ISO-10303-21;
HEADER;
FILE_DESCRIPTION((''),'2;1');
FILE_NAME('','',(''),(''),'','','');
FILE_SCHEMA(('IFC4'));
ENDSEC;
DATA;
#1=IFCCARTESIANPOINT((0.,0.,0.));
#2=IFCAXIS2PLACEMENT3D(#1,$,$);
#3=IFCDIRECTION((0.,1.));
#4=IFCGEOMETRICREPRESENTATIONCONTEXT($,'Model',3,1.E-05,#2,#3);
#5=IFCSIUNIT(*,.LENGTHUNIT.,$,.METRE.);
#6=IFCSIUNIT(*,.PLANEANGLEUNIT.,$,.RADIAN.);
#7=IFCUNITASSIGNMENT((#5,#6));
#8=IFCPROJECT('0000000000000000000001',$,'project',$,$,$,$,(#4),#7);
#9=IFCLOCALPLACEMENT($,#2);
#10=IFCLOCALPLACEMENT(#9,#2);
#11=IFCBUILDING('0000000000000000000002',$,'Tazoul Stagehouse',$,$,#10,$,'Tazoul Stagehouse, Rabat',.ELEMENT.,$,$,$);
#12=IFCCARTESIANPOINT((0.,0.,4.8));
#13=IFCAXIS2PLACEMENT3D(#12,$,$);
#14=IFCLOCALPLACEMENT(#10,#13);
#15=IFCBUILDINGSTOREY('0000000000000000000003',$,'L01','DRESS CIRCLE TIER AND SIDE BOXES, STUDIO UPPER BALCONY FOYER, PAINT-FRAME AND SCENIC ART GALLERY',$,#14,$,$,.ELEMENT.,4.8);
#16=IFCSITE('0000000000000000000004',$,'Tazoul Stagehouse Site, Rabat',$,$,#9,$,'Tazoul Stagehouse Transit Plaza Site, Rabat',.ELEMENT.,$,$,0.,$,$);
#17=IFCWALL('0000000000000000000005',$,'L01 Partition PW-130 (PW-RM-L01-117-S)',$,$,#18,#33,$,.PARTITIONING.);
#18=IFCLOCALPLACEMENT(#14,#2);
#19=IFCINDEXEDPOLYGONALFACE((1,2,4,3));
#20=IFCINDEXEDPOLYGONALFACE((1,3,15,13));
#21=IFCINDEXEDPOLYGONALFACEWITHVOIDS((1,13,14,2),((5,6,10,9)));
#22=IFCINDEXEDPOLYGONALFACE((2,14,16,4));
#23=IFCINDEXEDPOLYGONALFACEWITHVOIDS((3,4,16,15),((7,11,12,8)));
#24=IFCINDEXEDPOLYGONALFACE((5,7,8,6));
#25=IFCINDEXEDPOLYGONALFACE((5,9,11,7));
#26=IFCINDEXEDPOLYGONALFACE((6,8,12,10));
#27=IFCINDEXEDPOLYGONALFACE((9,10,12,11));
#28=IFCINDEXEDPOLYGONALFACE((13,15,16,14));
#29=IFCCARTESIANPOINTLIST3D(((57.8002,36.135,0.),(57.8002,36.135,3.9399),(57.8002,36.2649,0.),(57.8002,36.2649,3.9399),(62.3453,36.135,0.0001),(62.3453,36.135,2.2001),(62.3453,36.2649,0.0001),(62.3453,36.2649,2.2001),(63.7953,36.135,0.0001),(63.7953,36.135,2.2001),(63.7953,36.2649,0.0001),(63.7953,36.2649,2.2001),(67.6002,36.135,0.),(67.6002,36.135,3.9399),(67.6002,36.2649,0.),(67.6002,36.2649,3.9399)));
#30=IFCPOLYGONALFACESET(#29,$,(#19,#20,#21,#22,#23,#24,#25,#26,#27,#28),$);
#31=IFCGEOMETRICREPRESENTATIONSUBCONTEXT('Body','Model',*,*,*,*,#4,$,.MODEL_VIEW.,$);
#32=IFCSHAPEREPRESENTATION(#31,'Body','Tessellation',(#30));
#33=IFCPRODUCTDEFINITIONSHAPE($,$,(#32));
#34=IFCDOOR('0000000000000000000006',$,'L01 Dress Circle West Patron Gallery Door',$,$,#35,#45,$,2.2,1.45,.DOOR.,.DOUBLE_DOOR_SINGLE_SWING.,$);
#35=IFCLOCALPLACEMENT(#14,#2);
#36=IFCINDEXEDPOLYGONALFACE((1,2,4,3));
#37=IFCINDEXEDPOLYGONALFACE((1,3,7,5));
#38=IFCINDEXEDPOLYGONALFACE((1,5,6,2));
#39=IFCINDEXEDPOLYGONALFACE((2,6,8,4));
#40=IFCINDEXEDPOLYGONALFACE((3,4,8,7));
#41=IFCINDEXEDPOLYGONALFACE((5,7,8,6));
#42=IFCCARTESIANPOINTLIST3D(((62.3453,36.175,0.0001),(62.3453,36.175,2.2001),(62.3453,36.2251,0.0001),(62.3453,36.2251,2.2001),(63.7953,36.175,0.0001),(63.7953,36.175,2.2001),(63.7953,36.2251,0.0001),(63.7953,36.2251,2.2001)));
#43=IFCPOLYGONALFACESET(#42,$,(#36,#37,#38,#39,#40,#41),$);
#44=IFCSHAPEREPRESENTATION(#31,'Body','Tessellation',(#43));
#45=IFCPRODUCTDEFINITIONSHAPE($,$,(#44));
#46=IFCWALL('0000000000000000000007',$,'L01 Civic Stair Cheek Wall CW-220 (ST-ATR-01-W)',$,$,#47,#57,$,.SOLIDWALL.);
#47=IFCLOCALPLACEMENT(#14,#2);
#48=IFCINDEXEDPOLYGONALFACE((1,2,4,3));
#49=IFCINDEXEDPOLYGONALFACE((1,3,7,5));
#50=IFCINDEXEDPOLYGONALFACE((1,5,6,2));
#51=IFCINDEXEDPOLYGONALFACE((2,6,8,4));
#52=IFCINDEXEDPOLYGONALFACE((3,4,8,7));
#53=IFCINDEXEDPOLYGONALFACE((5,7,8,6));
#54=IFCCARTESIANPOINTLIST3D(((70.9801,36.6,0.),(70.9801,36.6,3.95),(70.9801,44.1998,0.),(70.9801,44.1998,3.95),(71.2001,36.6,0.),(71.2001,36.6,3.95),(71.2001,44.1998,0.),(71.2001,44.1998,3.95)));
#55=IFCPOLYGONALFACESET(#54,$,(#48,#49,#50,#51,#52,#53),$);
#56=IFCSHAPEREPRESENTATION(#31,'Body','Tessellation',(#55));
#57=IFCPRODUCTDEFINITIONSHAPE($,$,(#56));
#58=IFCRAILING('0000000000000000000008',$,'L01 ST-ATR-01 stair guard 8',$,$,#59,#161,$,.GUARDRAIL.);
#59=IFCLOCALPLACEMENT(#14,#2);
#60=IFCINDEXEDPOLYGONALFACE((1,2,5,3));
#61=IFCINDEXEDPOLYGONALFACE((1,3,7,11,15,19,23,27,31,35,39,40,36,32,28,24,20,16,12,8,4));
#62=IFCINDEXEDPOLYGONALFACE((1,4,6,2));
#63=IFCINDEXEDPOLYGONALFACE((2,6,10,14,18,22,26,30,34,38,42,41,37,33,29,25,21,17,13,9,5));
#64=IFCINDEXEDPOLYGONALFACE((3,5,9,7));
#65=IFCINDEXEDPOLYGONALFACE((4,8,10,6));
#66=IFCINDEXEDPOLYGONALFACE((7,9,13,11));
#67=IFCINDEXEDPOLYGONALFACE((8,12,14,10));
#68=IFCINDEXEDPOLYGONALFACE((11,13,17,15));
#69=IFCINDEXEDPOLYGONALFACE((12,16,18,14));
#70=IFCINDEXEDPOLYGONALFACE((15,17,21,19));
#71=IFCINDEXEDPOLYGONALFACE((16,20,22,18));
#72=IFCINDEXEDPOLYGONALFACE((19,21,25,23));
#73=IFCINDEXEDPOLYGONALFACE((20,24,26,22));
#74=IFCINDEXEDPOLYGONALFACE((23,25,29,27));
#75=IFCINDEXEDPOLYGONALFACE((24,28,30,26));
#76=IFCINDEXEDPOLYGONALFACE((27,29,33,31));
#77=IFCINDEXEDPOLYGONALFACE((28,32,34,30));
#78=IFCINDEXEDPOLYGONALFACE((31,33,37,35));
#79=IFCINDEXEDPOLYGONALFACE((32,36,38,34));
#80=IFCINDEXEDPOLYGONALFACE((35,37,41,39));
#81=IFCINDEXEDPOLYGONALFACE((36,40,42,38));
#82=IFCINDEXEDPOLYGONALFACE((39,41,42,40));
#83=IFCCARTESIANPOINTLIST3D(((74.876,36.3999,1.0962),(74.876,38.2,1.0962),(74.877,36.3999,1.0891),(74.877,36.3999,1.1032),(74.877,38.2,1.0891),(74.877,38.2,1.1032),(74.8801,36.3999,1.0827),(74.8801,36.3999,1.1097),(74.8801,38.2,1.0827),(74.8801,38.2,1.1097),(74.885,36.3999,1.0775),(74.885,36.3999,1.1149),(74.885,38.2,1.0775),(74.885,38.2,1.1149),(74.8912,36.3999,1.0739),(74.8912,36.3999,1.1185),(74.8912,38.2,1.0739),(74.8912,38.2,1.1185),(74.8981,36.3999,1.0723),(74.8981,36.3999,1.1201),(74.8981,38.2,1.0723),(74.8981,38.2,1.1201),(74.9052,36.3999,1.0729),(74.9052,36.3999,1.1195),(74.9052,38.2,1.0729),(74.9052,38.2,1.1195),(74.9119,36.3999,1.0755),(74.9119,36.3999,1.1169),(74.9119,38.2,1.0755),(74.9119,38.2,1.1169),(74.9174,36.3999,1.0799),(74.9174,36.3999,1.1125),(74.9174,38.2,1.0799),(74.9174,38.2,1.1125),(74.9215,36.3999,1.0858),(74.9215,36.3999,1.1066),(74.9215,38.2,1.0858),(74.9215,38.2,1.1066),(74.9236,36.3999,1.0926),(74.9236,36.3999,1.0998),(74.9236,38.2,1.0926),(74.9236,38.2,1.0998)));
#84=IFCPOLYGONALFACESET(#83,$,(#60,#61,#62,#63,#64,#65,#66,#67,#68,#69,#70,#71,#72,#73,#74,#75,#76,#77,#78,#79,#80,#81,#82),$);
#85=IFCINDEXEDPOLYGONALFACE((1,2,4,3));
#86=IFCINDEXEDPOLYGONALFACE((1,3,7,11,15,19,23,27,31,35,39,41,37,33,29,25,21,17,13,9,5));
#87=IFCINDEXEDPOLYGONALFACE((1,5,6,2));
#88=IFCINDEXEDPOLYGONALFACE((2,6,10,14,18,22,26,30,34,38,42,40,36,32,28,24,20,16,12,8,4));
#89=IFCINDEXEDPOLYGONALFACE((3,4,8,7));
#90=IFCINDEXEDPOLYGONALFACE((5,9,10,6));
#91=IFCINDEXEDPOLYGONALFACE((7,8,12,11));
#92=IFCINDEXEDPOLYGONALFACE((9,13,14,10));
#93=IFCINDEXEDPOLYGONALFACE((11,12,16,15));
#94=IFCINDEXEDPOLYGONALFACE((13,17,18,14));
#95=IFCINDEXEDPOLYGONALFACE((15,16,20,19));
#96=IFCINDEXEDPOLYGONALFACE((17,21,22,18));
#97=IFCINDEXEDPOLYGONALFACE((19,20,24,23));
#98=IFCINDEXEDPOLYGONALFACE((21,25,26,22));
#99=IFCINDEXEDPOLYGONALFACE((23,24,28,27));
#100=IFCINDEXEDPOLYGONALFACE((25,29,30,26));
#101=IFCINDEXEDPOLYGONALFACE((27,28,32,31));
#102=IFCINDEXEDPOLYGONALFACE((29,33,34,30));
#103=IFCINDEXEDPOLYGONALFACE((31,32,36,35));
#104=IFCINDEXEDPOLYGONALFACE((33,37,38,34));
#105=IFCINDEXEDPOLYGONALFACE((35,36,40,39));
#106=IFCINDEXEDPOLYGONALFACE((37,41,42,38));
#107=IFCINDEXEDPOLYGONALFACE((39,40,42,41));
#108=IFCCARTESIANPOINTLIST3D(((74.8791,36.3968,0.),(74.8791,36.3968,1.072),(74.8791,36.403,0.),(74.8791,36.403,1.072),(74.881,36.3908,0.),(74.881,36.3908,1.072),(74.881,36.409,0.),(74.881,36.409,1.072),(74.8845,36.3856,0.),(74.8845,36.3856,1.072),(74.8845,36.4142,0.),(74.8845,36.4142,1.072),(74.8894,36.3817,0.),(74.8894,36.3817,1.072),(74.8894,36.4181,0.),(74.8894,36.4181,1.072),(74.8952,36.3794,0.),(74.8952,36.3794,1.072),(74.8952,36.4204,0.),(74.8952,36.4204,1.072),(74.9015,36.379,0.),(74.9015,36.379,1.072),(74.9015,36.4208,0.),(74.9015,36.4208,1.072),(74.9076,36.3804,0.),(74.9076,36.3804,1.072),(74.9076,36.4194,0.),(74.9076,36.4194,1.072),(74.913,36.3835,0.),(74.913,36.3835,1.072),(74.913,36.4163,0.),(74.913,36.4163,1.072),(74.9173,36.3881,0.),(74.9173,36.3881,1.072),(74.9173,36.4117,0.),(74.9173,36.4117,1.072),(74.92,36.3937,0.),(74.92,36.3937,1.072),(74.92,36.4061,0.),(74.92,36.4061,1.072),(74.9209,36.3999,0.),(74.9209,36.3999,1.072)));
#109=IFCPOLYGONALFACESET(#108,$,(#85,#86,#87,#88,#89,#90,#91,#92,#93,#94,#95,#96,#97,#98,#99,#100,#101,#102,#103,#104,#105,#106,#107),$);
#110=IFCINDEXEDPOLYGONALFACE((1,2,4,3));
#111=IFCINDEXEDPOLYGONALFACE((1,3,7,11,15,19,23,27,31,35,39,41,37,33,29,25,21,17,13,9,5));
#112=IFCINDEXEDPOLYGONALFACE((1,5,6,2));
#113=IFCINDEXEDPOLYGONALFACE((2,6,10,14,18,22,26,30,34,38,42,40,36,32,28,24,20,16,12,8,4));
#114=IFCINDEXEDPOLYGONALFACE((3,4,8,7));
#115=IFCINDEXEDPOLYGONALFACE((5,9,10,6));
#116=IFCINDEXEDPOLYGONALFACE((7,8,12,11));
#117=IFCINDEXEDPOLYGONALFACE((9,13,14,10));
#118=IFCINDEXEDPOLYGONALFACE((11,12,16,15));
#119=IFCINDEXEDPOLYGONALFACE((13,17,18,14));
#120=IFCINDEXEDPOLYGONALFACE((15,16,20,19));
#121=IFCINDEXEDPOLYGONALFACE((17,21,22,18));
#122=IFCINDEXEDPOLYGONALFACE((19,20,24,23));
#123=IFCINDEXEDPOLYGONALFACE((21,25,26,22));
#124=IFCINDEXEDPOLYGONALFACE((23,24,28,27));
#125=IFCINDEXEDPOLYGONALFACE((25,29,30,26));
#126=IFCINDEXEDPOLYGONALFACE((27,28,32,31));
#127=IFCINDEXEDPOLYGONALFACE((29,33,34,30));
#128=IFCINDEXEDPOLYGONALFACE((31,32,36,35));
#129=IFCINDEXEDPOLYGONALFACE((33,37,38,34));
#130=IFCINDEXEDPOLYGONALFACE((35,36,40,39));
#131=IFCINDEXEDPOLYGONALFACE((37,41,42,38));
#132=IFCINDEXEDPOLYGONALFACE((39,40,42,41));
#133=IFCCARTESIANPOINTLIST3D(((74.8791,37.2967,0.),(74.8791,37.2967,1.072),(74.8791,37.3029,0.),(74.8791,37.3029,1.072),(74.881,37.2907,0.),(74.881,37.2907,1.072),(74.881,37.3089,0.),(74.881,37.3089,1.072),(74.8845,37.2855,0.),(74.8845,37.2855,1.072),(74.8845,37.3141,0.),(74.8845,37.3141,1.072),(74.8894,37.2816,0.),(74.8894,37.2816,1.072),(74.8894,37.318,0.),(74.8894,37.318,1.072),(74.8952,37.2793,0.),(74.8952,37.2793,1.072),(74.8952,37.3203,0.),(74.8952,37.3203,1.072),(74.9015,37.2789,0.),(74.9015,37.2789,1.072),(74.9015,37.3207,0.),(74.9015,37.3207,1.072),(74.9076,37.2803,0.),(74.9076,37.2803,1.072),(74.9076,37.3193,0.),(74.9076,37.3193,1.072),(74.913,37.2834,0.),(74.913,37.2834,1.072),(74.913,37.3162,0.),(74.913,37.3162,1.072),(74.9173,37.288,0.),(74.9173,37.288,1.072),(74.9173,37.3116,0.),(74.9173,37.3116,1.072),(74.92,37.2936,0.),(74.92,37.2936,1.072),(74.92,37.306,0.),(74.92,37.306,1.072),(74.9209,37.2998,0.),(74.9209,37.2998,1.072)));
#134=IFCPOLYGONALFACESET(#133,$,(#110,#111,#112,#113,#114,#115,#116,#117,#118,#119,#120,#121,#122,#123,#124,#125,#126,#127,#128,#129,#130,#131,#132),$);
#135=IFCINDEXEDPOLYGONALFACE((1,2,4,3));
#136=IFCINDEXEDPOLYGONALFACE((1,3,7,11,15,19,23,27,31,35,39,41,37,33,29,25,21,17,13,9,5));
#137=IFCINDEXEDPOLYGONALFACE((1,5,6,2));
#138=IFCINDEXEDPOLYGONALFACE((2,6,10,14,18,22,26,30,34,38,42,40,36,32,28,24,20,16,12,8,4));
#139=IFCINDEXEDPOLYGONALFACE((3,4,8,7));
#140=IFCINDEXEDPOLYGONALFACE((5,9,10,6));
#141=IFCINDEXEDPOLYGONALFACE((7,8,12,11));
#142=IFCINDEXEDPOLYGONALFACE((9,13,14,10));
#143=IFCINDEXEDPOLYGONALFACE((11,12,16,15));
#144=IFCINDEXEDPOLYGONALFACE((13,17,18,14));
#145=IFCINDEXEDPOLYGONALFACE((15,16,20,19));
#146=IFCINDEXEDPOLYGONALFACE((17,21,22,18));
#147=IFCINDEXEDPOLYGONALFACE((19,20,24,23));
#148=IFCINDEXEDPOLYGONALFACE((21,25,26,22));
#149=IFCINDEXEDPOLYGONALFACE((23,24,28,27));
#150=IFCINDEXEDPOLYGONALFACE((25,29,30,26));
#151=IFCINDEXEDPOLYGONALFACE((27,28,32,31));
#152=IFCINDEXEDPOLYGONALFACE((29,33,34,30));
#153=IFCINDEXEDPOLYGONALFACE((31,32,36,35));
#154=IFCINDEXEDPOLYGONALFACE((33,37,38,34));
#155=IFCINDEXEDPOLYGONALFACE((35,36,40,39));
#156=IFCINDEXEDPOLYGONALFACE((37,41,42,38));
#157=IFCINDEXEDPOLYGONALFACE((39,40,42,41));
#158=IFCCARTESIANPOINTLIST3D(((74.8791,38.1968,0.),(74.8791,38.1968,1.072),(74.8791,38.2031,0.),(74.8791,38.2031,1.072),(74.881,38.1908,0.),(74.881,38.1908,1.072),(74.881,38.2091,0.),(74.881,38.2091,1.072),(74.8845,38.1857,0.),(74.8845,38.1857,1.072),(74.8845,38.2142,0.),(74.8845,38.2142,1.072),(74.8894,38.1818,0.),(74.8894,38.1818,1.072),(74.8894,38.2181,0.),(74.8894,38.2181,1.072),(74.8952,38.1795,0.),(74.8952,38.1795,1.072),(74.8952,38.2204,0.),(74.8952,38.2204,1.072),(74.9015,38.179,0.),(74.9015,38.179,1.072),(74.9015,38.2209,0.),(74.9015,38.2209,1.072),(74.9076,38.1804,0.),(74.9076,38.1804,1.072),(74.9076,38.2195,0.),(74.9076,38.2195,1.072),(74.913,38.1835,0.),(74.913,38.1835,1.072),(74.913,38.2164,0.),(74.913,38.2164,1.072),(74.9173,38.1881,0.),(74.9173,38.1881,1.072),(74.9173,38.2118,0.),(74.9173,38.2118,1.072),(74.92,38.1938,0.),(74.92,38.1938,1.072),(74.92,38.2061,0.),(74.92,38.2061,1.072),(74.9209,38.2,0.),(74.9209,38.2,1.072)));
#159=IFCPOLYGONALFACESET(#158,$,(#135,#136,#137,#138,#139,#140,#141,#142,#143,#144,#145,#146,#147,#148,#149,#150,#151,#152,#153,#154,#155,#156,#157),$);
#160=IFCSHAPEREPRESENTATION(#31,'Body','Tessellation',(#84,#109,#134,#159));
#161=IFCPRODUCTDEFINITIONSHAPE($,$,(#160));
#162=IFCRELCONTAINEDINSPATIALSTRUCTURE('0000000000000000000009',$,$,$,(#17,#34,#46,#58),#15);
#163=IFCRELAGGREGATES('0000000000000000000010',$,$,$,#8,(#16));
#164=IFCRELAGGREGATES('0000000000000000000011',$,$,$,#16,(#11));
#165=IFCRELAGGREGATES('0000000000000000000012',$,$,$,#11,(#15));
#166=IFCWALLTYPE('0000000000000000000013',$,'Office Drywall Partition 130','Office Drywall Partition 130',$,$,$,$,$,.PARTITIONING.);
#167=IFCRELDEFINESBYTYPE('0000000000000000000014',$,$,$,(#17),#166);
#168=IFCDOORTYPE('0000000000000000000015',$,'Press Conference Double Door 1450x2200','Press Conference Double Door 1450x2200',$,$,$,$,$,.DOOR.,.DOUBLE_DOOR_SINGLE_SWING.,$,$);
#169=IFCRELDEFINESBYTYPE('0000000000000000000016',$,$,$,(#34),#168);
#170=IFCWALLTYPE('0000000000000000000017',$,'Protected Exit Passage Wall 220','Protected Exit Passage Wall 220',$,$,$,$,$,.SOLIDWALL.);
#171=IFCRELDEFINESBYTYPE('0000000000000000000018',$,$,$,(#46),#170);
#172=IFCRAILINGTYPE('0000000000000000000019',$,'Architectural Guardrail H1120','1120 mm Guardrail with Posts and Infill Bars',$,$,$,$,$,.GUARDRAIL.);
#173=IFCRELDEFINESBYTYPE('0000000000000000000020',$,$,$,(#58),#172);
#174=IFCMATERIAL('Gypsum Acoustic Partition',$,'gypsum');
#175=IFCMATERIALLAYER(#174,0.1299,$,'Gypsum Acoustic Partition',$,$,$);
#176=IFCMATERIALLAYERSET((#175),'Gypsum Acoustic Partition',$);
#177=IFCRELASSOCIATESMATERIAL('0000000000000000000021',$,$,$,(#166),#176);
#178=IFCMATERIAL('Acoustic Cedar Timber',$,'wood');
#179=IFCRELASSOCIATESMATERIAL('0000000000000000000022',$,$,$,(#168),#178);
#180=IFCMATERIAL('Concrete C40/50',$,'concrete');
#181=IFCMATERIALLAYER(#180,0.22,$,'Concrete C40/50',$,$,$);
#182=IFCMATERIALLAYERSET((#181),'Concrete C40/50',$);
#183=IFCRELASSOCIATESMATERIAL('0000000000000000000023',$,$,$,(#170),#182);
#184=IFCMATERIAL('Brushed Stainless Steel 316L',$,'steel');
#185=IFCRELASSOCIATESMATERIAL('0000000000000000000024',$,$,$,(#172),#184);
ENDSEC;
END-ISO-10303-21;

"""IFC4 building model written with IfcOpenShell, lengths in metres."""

from ifc_helpers import new_model, si_unit, direction, frame, frame_2d, origin, origin_2d, place, context, subcontext, project, spatial, rectangle, circle, extrude, material, layer, layer_set, material_profile, profile_set, type_object, element, fill, save


model = new_model("IFC4")

# Units and contexts
model_context = context("Model", 3, precision=1e-05, world=origin(), true_north=direction((0.0, 1.0)))
body_context = subcontext(model_context, "Body", "Model", "MODEL_VIEW")
ifc_project = project(units=[si_unit("LENGTHUNIT", "METRE"), si_unit("PLANEANGLEUNIT", "RADIAN")], contexts=[model_context])

# Site, building, storey
site_placement = place(None, origin())
site = spatial("IfcSite", under=ifc_project, at=site_placement, Name="Tazoul Stagehouse Site, Rabat", LongName="Tazoul Stagehouse Transit Plaza Site, Rabat", CompositionType="ELEMENT", RefElevation=0.0)
building_placement = place(site_placement, origin())
building = spatial("IfcBuilding", under=site, at=building_placement, Name="Tazoul Stagehouse", LongName="Tazoul Stagehouse, Rabat", CompositionType="ELEMENT")
storey_placement = place(building_placement, frame((0.0, 0.0, 4.8)))
storey = spatial("IfcBuildingStorey", under=building, at=storey_placement, Name="L01", Description="DRESS CIRCLE TIER AND SIDE BOXES, STUDIO UPPER BALCONY FOYER, PAINT-FRAME AND SCENIC ART GALLERY", CompositionType="ELEMENT", Elevation=4.8)

# Shared definitions
ifc_material_1 = material(Name="Concrete C40/50", Category="concrete")

# Wall, opening, door
ifc_material_2 = material(Name="Gypsum Acoustic Partition", Category="gypsum")
ifc_layer_1 = layer(ifc_material_2, 0.1299, Name="Gypsum Acoustic Partition")
ifc_layer_set_1 = layer_set([ifc_layer_1], Name="Gypsum Acoustic Partition")
wall_type_1 = type_object("IfcWallType", Name="Office Drywall Partition 130", Description="Office Drywall Partition 130", PredefinedType="PARTITIONING", material=ifc_layer_set_1)
wall_1_placement = place(storey_placement, frame((67.6001, 36.2, 0.0), z_axis=(0.0, 0.0, 1.0), x_axis=(-1.0, 0.0, 0.0)))
wall_1 = element("IfcWall", 1, at=wall_1_placement, inside=storey, type_object=wall_type_1, Name="L01 Partition PW-130 (PW-RM-L01-117-S)", PredefinedType="PARTITIONING", context=body_context, shape_type="SweptSolid", body=[
    extrude(rectangle(XDim=9.8, YDim=0.1299, at=frame_2d((4.8999, 0.0))), origin(), (0.0, 0.0, 1.0), 3.9399),
])
opening_1_placement = place(wall_1_placement, frame((3.8047, 0.0, 0.0)))
opening_1 = element("IfcOpeningElement", 2, at=opening_1_placement, cuts=wall_1, PredefinedType="OPENING", context=body_context, shape_type="SweptSolid", body=[
    extrude(rectangle(XDim=1.45, YDim=2.2, at=frame_2d((0.7251, 1.1001))), frame((0.0, 0.085, 0.0), z_axis=(0.0, -1.0, 0.0), x_axis=(1.0, 0.0, 0.0)), (0.0, 0.0, 1.0), 0.1699),
])
ifc_material_3 = material(Name="Acoustic Cedar Timber", Category="wood")
door_type = type_object("IfcDoorType", Name="Press Conference Double Door 1450x2200", Description="Press Conference Double Door 1450x2200", OperationType="DOUBLE_DOOR_SINGLE_SWING", PredefinedType="DOOR", material=ifc_material_3)
door_placement = place(opening_1_placement, origin())
door = element("IfcDoor", 3, at=door_placement, inside=storey, type_object=door_type, Name="L01 Dress Circle West Patron Gallery Door", OperationType="DOUBLE_DOOR_SINGLE_SWING", OverallHeight=2.2, OverallWidth=1.45, PredefinedType="DOOR", context=body_context, shape_type="SweptSolid", body=[
    extrude(rectangle(XDim=1.45, YDim=2.2, at=frame_2d((0.7251, 1.1001))), frame((0.0, 0.0249, 0.0), z_axis=(0.0, -1.0, 0.0), x_axis=(1.0, 0.0, 0.0)), (0.0, 0.0, 1.0), 0.05),
])
fill(opening_1, door)

# Wall
ifc_layer_2 = layer(ifc_material_1, 0.22, Name="Concrete C40/50")
ifc_layer_set_2 = layer_set([ifc_layer_2], Name="Concrete C40/50")
wall_type_2 = type_object("IfcWallType", Name="Protected Exit Passage Wall 220", Description="Protected Exit Passage Wall 220", PredefinedType="SOLIDWALL", material=ifc_layer_set_2)
wall_2_placement = place(storey_placement, frame((71.0901, 36.6001, 0.0), z_axis=(0.0, 0.0, 1.0), x_axis=(0.0, 1.0, 0.0)))
element("IfcWall", 4, at=wall_2_placement, inside=storey, type_object=wall_type_2, Name="L01 Civic Stair Cheek Wall CW-220 (ST-ATR-01-W)", PredefinedType="SOLIDWALL", context=body_context, shape_type="SweptSolid", body=[
    extrude(rectangle(XDim=7.5999, YDim=0.22, at=frame_2d((3.7998, 0.0))), origin(), (0.0, 0.0, 1.0), 3.95),
])

# Railing
ifc_material_4 = material(Name="Brushed Stainless Steel 316L", Category="steel")
ifc_material_profile_1 = material_profile(ifc_material_4, circle(Radius=0.0239, at=origin_2d()), Name="SS RAIL D48")
ifc_profile_set_1 = profile_set([ifc_material_profile_1], Name="Brushed Stainless Steel 316L")
railing_type = type_object("IfcRailingType", Name="Architectural Guardrail H1120", Description="1120 mm Guardrail with Posts and Infill Bars", PredefinedType="GUARDRAIL", material=ifc_profile_set_1)
for number, where, name in (
    (5, (74.8999, 36.3999, 0.0), "L01 ST-ATR-01 stair guard 8"),
):
    element("IfcRailing", number, at=place(storey_placement, frame(where)), inside=storey, type_object=railing_type, Name=name, PredefinedType="GUARDRAIL", context=body_context, shape_type="SweptSolid", body=[
        extrude(circle(Radius=0.0239, at=origin_2d()), frame((0.0, 0.0, 1.0962), z_axis=(0.0, 1.0, 0.0), x_axis=(-1.0, 0.0, 0.0)), (0.0, 0.0, 1.0), 1.8),
        extrude(circle(Radius=0.021, at=origin_2d()), origin(), (0.0, 0.0, 1.0), 1.072),
        extrude(circle(Radius=0.021, at=origin_2d()), frame((0.0, 0.8999, 0.0)), (0.0, 0.0, 1.0), 1.072),
        extrude(circle(Radius=0.021, at=origin_2d()), frame((0.0, 1.8, 0.0)), (0.0, 0.0, 1.0), 1.072),
    ])

save(model, "model.ifc")
